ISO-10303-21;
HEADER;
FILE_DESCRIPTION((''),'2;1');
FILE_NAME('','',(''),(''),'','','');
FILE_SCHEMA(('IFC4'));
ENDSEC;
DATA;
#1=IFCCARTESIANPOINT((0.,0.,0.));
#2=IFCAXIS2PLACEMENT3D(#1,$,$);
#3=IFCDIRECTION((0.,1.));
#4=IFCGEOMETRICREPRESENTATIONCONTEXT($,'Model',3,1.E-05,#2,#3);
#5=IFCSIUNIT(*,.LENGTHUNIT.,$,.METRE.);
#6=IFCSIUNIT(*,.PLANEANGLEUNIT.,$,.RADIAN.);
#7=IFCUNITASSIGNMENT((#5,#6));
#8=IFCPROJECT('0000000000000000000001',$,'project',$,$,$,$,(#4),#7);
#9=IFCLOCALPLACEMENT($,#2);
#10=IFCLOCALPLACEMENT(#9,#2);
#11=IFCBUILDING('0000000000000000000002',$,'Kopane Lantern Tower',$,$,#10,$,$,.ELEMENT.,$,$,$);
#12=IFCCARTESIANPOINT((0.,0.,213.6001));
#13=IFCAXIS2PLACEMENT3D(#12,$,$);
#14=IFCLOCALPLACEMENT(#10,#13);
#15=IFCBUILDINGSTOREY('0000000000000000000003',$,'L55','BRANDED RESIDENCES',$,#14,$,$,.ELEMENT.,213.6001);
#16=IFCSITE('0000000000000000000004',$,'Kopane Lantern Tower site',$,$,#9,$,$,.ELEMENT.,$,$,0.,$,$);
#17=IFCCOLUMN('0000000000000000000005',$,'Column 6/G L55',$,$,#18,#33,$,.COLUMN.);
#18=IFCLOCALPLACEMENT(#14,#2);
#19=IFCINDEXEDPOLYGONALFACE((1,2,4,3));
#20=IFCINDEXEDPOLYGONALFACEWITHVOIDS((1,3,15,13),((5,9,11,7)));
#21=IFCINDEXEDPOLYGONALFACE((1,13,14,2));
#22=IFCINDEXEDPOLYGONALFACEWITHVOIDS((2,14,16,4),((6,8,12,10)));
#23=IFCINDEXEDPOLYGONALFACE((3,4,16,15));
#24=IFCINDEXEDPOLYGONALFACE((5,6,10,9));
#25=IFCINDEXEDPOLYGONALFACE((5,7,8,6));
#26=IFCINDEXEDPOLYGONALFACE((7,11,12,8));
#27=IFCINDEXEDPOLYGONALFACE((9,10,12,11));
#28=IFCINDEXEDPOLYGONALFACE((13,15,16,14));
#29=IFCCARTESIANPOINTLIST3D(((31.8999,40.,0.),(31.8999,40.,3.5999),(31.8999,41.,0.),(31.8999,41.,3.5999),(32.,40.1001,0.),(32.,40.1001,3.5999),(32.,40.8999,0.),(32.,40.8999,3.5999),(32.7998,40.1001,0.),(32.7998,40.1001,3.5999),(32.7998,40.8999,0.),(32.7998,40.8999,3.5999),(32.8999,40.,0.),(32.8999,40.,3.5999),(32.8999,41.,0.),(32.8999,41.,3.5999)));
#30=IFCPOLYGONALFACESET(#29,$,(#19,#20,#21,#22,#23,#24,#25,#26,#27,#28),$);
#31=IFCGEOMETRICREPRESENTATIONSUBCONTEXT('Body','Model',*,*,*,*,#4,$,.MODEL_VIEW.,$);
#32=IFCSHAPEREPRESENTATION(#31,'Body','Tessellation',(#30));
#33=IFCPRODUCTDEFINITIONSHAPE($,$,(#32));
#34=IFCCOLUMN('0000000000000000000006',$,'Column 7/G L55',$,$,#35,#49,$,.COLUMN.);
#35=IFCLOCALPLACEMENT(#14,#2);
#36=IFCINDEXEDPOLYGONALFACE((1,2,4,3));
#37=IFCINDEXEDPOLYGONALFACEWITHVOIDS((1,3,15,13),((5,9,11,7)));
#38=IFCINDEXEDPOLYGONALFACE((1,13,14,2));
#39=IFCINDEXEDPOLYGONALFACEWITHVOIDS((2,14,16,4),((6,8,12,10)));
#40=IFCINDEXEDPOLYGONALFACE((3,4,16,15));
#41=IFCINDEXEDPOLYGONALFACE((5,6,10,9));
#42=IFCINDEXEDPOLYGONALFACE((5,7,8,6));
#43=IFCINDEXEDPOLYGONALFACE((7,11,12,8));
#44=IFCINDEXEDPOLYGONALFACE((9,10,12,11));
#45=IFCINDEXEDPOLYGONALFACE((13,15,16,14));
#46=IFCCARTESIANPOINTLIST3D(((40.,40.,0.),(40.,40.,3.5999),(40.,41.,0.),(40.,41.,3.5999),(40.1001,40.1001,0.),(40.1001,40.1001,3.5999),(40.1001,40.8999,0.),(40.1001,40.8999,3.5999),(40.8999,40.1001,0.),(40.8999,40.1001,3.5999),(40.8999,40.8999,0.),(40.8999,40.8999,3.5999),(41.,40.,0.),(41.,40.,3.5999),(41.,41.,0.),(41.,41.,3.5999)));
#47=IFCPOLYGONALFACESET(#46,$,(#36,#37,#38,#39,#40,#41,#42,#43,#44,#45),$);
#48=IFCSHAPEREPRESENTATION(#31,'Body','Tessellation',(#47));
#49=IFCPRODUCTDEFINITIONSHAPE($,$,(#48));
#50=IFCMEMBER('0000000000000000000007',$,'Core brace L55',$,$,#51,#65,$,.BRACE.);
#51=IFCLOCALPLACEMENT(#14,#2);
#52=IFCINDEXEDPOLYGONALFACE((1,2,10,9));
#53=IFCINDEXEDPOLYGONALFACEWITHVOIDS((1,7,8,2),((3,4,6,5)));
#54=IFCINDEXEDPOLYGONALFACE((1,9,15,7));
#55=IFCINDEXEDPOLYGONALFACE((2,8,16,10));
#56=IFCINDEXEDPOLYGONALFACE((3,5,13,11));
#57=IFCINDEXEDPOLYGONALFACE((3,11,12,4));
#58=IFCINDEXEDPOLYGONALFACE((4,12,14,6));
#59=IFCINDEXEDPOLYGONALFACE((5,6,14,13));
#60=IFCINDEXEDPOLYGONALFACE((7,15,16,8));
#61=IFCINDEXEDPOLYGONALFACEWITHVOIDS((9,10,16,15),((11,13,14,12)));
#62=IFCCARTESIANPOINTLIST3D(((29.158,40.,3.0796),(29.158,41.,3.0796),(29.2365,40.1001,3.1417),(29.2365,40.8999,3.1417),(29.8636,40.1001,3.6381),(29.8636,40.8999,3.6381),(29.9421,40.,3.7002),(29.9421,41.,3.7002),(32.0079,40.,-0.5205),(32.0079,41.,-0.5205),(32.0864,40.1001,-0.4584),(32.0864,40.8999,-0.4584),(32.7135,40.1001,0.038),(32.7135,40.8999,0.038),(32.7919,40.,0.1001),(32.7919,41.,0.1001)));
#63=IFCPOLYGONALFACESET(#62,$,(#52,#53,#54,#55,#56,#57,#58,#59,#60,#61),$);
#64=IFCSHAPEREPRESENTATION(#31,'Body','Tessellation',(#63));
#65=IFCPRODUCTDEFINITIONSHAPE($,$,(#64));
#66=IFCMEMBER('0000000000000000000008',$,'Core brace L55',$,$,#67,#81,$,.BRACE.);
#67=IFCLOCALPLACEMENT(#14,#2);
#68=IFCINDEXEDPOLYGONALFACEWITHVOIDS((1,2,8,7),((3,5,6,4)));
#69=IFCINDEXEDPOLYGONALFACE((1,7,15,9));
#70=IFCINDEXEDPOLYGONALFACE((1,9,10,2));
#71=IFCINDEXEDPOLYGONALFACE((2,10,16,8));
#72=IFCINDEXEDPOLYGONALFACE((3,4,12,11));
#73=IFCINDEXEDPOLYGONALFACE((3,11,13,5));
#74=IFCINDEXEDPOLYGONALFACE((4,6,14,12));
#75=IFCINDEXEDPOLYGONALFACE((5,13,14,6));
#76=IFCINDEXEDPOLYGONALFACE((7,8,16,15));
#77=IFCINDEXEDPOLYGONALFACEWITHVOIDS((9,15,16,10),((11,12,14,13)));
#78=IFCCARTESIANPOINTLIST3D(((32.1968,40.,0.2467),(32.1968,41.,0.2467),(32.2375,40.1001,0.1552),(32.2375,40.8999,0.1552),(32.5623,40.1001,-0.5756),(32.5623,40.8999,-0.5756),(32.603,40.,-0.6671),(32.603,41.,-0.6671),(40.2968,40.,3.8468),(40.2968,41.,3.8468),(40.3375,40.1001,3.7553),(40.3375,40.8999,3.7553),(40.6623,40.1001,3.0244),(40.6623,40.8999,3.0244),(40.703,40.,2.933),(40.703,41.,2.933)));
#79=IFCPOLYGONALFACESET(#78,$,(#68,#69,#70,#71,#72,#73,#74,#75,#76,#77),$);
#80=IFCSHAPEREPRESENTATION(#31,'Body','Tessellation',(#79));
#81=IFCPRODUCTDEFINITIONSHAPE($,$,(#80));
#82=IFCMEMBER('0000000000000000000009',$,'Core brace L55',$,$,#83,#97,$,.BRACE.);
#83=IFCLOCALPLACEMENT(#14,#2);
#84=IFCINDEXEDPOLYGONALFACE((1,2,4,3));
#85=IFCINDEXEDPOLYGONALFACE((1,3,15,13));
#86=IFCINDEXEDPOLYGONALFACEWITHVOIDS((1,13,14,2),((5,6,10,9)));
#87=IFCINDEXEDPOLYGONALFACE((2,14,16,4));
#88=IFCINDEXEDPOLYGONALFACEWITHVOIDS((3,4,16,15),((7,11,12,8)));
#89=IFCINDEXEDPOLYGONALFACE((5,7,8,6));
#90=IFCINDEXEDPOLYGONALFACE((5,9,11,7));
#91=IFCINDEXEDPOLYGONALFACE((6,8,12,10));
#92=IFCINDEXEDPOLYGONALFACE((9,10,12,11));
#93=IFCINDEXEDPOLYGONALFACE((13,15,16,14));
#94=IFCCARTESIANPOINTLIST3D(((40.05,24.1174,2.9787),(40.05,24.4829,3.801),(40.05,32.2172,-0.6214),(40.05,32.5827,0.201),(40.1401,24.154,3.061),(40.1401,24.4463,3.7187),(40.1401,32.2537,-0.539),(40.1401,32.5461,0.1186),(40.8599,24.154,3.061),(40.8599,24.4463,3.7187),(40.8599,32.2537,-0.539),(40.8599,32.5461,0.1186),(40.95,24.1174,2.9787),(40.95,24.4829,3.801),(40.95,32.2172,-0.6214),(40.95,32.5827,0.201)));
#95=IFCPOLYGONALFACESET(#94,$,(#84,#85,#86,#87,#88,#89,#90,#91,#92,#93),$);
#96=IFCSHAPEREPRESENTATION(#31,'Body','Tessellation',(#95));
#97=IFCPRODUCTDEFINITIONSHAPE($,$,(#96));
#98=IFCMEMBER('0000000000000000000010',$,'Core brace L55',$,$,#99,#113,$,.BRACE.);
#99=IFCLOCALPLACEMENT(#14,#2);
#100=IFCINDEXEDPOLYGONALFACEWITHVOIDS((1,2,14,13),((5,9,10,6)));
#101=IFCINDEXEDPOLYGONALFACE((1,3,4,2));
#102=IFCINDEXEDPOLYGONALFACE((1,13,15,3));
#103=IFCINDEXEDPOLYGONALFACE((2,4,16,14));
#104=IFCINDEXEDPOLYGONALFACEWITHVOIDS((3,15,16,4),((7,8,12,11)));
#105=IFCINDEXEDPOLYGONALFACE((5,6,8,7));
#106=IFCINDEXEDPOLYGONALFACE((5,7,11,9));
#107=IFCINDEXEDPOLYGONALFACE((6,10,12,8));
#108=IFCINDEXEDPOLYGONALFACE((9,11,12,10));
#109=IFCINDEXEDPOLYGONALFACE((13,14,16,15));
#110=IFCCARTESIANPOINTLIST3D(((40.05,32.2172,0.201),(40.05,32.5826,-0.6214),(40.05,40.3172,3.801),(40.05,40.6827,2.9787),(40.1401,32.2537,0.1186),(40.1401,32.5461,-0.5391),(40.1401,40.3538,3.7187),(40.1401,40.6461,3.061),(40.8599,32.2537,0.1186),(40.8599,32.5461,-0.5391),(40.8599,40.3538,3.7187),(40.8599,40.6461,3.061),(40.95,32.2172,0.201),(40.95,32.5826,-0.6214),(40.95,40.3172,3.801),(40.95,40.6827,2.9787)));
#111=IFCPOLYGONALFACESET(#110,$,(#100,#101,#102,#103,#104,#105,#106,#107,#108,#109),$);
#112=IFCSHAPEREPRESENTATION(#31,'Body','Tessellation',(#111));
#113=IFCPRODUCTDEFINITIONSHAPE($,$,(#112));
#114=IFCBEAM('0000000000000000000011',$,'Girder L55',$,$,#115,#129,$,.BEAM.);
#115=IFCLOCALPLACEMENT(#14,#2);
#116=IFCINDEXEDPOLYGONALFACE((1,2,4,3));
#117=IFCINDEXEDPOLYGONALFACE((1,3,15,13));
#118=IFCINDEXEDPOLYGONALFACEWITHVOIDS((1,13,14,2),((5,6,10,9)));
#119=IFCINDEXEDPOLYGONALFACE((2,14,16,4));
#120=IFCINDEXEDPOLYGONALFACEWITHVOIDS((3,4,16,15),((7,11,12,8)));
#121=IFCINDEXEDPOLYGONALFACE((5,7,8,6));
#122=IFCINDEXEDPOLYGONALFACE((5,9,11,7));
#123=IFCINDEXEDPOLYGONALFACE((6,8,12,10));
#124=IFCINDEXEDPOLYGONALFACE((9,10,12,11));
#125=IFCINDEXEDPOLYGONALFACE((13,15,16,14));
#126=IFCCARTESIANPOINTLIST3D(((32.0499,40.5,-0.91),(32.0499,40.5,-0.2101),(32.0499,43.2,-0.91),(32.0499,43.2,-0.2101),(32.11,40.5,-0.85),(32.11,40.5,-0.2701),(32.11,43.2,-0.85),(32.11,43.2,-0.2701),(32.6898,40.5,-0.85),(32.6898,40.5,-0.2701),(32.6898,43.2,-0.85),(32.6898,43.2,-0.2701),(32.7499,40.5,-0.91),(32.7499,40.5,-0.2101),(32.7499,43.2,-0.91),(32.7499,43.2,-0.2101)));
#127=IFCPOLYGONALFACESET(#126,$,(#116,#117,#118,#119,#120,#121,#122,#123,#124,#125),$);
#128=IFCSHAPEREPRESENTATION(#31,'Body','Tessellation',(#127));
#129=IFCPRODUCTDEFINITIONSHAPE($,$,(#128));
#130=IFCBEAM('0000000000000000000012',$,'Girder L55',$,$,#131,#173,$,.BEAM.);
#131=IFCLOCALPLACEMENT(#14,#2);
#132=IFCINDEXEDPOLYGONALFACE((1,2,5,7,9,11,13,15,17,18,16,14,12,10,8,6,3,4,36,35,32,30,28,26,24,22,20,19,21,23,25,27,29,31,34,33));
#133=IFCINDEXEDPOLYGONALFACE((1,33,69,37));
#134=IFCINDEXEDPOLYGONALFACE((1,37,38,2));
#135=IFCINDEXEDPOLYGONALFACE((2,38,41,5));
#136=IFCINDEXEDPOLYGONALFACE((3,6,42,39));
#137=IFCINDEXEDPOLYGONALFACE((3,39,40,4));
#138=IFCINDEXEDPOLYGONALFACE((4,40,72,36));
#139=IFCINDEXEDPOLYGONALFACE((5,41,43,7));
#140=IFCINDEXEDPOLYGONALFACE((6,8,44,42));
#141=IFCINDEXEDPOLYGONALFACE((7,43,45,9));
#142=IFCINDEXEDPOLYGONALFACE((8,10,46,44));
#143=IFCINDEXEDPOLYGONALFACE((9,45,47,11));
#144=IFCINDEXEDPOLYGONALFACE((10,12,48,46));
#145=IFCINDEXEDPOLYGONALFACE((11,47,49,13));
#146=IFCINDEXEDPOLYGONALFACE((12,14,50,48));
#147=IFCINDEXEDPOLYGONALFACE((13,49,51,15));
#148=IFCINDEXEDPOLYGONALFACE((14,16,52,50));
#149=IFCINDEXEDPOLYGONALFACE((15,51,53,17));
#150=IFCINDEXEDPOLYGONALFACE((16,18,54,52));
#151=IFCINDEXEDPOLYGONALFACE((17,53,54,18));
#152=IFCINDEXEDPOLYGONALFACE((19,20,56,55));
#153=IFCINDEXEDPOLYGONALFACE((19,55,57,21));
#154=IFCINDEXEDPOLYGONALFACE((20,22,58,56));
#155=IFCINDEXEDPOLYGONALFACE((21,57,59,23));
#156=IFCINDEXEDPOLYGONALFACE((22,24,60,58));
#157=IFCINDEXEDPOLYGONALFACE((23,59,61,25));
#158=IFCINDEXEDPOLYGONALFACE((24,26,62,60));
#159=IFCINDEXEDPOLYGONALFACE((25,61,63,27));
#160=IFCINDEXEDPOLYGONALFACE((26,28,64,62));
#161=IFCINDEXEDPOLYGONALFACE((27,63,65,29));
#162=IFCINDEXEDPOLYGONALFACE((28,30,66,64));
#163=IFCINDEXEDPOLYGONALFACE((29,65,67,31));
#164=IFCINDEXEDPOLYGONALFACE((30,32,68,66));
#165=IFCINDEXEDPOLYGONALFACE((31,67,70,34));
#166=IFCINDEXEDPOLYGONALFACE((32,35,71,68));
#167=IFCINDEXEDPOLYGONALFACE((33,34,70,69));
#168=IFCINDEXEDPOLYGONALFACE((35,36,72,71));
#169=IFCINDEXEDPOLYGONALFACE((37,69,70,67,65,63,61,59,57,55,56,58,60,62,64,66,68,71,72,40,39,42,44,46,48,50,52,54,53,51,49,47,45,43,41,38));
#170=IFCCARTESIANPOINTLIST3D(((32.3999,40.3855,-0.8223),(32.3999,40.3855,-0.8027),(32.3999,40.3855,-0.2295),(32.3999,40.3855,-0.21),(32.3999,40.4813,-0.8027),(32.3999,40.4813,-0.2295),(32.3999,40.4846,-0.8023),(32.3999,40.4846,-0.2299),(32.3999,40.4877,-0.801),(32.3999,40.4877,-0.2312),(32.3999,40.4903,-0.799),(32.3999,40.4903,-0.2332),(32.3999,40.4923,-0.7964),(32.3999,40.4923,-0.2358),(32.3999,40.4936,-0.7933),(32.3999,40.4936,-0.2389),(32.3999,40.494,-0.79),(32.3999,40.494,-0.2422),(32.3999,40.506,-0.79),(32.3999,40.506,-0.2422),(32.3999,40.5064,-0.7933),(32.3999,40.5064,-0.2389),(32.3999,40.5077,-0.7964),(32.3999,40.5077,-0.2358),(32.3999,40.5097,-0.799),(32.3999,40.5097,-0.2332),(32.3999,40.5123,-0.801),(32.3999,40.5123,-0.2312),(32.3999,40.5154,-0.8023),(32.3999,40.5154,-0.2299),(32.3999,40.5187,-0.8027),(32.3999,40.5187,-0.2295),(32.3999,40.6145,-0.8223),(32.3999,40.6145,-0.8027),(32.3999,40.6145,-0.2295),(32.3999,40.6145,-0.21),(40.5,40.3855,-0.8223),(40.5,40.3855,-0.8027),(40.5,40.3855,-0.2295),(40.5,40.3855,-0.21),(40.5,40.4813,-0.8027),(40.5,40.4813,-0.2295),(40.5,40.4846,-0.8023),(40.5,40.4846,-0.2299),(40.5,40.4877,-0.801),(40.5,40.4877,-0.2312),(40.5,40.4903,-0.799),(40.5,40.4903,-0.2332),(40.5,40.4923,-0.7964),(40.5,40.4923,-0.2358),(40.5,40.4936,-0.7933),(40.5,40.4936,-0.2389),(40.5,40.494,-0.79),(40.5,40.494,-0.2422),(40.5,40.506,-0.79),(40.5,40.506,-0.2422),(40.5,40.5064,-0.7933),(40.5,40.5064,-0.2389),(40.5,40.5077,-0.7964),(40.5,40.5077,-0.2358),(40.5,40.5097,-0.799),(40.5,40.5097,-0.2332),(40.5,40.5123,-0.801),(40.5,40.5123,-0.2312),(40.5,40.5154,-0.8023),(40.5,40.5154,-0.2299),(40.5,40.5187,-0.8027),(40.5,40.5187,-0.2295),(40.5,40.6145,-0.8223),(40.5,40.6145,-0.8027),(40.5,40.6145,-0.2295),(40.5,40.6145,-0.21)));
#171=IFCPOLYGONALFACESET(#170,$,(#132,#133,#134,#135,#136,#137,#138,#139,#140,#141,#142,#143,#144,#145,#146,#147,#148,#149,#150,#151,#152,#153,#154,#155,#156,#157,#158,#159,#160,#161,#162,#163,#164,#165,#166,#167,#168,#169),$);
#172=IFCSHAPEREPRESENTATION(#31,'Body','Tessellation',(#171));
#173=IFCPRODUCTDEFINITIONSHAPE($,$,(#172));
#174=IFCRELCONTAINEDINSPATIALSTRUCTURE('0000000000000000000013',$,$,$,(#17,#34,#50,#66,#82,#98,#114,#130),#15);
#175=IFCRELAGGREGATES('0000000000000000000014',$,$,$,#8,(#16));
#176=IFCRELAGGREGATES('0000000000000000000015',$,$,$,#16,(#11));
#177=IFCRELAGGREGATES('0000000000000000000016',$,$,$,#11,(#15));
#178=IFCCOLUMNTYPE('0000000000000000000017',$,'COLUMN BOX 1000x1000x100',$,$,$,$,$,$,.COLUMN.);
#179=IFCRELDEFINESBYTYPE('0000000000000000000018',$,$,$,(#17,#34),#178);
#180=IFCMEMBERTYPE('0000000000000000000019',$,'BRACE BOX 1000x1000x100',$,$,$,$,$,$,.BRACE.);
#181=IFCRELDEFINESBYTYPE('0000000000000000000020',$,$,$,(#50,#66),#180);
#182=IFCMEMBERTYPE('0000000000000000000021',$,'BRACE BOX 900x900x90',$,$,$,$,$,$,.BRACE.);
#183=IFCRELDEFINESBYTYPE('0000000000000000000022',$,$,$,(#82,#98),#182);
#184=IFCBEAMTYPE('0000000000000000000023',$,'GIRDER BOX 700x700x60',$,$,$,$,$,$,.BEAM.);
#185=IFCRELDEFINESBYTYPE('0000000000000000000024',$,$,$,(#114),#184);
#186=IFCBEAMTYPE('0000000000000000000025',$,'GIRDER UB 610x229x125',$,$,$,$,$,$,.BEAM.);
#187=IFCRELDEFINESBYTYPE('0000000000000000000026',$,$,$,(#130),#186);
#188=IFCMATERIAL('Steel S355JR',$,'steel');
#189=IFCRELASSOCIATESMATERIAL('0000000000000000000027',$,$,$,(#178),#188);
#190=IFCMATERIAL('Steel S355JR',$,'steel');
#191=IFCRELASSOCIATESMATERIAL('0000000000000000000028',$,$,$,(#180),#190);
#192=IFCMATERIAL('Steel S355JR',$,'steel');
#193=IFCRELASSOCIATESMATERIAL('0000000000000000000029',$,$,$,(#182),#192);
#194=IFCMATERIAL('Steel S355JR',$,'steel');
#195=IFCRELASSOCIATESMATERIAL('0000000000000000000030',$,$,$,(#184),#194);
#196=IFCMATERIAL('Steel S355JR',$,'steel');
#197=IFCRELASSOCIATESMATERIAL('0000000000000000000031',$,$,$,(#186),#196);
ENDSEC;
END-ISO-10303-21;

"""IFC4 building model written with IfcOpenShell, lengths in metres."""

from ifc_helpers import new_model, si_unit, direction, frame, origin, origin_2d, place, context, subcontext, project, spatial, hollow_rectangle, i_section, extrude, material, material_profile, profile_set, type_object, element, save


model = new_model("IFC4")

# Units and contexts
model_context = context("Model", 3, precision=1e-05, world=origin(), true_north=direction((0.0, 1.0)))
body_context = subcontext(model_context, "Body", "Model", "MODEL_VIEW")
ifc_project = project(units=[si_unit("LENGTHUNIT", "METRE"), si_unit("PLANEANGLEUNIT", "RADIAN")], contexts=[model_context])

# Site, building, storey
site_placement = place(None, origin())
site = spatial("IfcSite", under=ifc_project, at=site_placement, Name="Kopane Lantern Tower site", CompositionType="ELEMENT", RefElevation=0.0)
building_placement = place(site_placement, origin())
building = spatial("IfcBuilding", under=site, at=building_placement, Name="Kopane Lantern Tower", CompositionType="ELEMENT")
storey_placement = place(building_placement, frame((0.0, 0.0, 213.6001)))
storey = spatial("IfcBuildingStorey", under=building, at=storey_placement, Name="L55", Description="BRANDED RESIDENCES", CompositionType="ELEMENT", Elevation=213.6001)

# Columns
ifc_material_1 = material(Name="Steel S355JR", Category="steel")
ifc_material_profile_1 = material_profile(ifc_material_1, hollow_rectangle(XDim=1.0, YDim=1.0, WallThickness=0.1001, at=origin_2d()), Name="BOX 1000x1000x100")
ifc_profile_set_1 = profile_set([ifc_material_profile_1], Name="Steel S355JR")
column_type = type_object("IfcColumnType", Name="COLUMN BOX 1000x1000x100", PredefinedType="COLUMN", material=ifc_profile_set_1)
for number, where, z_axis, x_axis, name in (
    (1, (32.3999, 40.5, 0.0), (0.0, 0.0, 1.0), (1.0, 0.0, 0.0), "Column 6/G L55"),
    (2, (40.5, 40.5, 0.0), (0.0, 0.0, 1.0), (1.0, 0.0, 0.0), "Column 7/G L55"),
):
    element("IfcColumn", number, at=place(storey_placement, frame(where, z_axis=z_axis, x_axis=x_axis)), inside=storey, type_object=column_type, Name=name, PredefinedType="COLUMN", context=body_context, shape_type="SweptSolid", body=[
        extrude(hollow_rectangle(XDim=1.0, YDim=1.0, WallThickness=0.1001, at=origin_2d()), origin(), (0.0, 0.0, 1.0), 3.5999),
    ])

# Members
ifc_material_2 = material(Name="Steel S355JR", Category="steel")
ifc_material_profile_2 = material_profile(ifc_material_2, hollow_rectangle(XDim=1.0, YDim=1.0, WallThickness=0.1001, at=origin_2d()), Name="BOX 1000x1000x100")
ifc_profile_set_2 = profile_set([ifc_material_profile_2], Name="Steel S355JR")
member_type_1 = type_object("IfcMemberType", Name="BRACE BOX 1000x1000x100", PredefinedType="BRACE", material=ifc_profile_set_2)
member_1_placement = place(storey_placement, frame((32.3999, 40.5, -0.2102), z_axis=(-0.620673, 0.0, 0.78407), x_axis=(0.0, -1.0, 0.0)))
element("IfcMember", 3, at=member_1_placement, inside=storey, type_object=member_type_1, Name="Core brace L55", PredefinedType="BRACE", context=body_context, shape_type="SweptSolid", body=[
    extrude(hollow_rectangle(XDim=1.0, YDim=1.0, WallThickness=0.1001, at=origin_2d()), origin(), (0.0, 0.0, 1.0), 4.5916),
])
member_2_placement = place(storey_placement, frame((32.3999, 40.5, -0.2102), z_axis=(0.913809, 0.0, 0.406144), x_axis=(0.0, 1.0, 0.0)))
element("IfcMember", 4, at=member_2_placement, inside=storey, type_object=member_type_1, Name="Core brace L55", PredefinedType="BRACE", context=body_context, shape_type="SweptSolid", body=[
    extrude(hollow_rectangle(XDim=1.0, YDim=1.0, WallThickness=0.1001, at=origin_2d()), origin(), (0.0, 0.0, 1.0), 8.864),
])
ifc_material_3 = material(Name="Steel S355JR", Category="steel")
ifc_material_profile_3 = material_profile(ifc_material_3, hollow_rectangle(XDim=0.8999, YDim=0.8999, WallThickness=0.0901, at=origin_2d()), Name="BOX 900x900x90")
ifc_profile_set_3 = profile_set([ifc_material_profile_3], Name="Steel S355JR")
member_type_2 = type_object("IfcMemberType", Name="BRACE BOX 900x900x90", PredefinedType="BRACE", material=ifc_profile_set_3)
member_3_placement = place(storey_placement, frame((40.5, 32.3999, -0.2102), z_axis=(0.0, -0.913805, 0.406154), x_axis=(1.0, 0.0, 0.0)))
element("IfcMember", 5, at=member_3_placement, inside=storey, type_object=member_type_2, Name="Core brace L55", PredefinedType="BRACE", context=body_context, shape_type="SweptSolid", body=[
    extrude(hollow_rectangle(XDim=0.8999, YDim=0.8999, WallThickness=0.0901, at=origin_2d()), origin(), (0.0, 0.0, 1.0), 8.8638),
])
member_4_placement = place(storey_placement, frame((40.5, 32.3999, -0.2102), z_axis=(0.0, 0.913809, 0.406144), x_axis=(-1.0, 0.0, 0.0)))
element("IfcMember", 6, at=member_4_placement, inside=storey, type_object=member_type_2, Name="Core brace L55", PredefinedType="BRACE", context=body_context, shape_type="SweptSolid", body=[
    extrude(hollow_rectangle(XDim=0.8999, YDim=0.8999, WallThickness=0.0901, at=origin_2d()), origin(), (0.0, 0.0, 1.0), 8.864),
])

# Beams
ifc_material_4 = material(Name="Steel S355JR", Category="steel")
ifc_material_profile_4 = material_profile(ifc_material_4, hollow_rectangle(XDim=0.7, YDim=0.7, WallThickness=0.0601, at=origin_2d()), Name="BOX 700x700x60")
ifc_profile_set_4 = profile_set([ifc_material_profile_4], Name="Steel S355JR")
beam_type_1 = type_object("IfcBeamType", Name="GIRDER BOX 700x700x60", PredefinedType="BEAM", material=ifc_profile_set_4)
beam_placement = place(storey_placement, frame((32.3999, 40.5, -0.5601), z_axis=(0.0, 1.0, 0.0), x_axis=(-1.0, 0.0, 0.0)))
element("IfcBeam", 7, at=beam_placement, inside=storey, type_object=beam_type_1, Name="Girder L55", PredefinedType="BEAM", context=body_context, shape_type="SweptSolid", body=[
    extrude(hollow_rectangle(XDim=0.7, YDim=0.7, WallThickness=0.0601, at=origin_2d()), origin(), (0.0, 0.0, 1.0), 2.7),
])
ifc_material_5 = material(Name="Steel S355JR", Category="steel")
ifc_material_profile_5 = material_profile(ifc_material_5, i_section(OverallWidth=0.229, OverallDepth=0.6123, WebThickness=0.012, FlangeThickness=0.0195, FilletRadius=0.0127, at=origin_2d()), Name="UB 610x229x125")
ifc_profile_set_5 = profile_set([ifc_material_profile_5], Name="Steel S355JR")
beam_type_2 = type_object("IfcBeamType", Name="GIRDER UB 610x229x125", PredefinedType="BEAM", material=ifc_profile_set_5)
for number, where, z_axis, x_axis, name in (
    (8, (32.3999, 40.5, -0.5161), (1.0, 0.0, 0.0), (0.0, 1.0, 0.0), "Girder L55"),
):
    element("IfcBeam", number, at=place(storey_placement, frame(where, z_axis=z_axis, x_axis=x_axis)), inside=storey, type_object=beam_type_2, Name=name, PredefinedType="BEAM", context=body_context, shape_type="SweptSolid", body=[
        extrude(i_section(OverallWidth=0.229, OverallDepth=0.6123, WebThickness=0.012, FlangeThickness=0.0195, FilletRadius=0.0127, at=origin_2d()), origin(), (0.0, 0.0, 1.0), 8.1001),
    ])

save(model, "model.ifc")
